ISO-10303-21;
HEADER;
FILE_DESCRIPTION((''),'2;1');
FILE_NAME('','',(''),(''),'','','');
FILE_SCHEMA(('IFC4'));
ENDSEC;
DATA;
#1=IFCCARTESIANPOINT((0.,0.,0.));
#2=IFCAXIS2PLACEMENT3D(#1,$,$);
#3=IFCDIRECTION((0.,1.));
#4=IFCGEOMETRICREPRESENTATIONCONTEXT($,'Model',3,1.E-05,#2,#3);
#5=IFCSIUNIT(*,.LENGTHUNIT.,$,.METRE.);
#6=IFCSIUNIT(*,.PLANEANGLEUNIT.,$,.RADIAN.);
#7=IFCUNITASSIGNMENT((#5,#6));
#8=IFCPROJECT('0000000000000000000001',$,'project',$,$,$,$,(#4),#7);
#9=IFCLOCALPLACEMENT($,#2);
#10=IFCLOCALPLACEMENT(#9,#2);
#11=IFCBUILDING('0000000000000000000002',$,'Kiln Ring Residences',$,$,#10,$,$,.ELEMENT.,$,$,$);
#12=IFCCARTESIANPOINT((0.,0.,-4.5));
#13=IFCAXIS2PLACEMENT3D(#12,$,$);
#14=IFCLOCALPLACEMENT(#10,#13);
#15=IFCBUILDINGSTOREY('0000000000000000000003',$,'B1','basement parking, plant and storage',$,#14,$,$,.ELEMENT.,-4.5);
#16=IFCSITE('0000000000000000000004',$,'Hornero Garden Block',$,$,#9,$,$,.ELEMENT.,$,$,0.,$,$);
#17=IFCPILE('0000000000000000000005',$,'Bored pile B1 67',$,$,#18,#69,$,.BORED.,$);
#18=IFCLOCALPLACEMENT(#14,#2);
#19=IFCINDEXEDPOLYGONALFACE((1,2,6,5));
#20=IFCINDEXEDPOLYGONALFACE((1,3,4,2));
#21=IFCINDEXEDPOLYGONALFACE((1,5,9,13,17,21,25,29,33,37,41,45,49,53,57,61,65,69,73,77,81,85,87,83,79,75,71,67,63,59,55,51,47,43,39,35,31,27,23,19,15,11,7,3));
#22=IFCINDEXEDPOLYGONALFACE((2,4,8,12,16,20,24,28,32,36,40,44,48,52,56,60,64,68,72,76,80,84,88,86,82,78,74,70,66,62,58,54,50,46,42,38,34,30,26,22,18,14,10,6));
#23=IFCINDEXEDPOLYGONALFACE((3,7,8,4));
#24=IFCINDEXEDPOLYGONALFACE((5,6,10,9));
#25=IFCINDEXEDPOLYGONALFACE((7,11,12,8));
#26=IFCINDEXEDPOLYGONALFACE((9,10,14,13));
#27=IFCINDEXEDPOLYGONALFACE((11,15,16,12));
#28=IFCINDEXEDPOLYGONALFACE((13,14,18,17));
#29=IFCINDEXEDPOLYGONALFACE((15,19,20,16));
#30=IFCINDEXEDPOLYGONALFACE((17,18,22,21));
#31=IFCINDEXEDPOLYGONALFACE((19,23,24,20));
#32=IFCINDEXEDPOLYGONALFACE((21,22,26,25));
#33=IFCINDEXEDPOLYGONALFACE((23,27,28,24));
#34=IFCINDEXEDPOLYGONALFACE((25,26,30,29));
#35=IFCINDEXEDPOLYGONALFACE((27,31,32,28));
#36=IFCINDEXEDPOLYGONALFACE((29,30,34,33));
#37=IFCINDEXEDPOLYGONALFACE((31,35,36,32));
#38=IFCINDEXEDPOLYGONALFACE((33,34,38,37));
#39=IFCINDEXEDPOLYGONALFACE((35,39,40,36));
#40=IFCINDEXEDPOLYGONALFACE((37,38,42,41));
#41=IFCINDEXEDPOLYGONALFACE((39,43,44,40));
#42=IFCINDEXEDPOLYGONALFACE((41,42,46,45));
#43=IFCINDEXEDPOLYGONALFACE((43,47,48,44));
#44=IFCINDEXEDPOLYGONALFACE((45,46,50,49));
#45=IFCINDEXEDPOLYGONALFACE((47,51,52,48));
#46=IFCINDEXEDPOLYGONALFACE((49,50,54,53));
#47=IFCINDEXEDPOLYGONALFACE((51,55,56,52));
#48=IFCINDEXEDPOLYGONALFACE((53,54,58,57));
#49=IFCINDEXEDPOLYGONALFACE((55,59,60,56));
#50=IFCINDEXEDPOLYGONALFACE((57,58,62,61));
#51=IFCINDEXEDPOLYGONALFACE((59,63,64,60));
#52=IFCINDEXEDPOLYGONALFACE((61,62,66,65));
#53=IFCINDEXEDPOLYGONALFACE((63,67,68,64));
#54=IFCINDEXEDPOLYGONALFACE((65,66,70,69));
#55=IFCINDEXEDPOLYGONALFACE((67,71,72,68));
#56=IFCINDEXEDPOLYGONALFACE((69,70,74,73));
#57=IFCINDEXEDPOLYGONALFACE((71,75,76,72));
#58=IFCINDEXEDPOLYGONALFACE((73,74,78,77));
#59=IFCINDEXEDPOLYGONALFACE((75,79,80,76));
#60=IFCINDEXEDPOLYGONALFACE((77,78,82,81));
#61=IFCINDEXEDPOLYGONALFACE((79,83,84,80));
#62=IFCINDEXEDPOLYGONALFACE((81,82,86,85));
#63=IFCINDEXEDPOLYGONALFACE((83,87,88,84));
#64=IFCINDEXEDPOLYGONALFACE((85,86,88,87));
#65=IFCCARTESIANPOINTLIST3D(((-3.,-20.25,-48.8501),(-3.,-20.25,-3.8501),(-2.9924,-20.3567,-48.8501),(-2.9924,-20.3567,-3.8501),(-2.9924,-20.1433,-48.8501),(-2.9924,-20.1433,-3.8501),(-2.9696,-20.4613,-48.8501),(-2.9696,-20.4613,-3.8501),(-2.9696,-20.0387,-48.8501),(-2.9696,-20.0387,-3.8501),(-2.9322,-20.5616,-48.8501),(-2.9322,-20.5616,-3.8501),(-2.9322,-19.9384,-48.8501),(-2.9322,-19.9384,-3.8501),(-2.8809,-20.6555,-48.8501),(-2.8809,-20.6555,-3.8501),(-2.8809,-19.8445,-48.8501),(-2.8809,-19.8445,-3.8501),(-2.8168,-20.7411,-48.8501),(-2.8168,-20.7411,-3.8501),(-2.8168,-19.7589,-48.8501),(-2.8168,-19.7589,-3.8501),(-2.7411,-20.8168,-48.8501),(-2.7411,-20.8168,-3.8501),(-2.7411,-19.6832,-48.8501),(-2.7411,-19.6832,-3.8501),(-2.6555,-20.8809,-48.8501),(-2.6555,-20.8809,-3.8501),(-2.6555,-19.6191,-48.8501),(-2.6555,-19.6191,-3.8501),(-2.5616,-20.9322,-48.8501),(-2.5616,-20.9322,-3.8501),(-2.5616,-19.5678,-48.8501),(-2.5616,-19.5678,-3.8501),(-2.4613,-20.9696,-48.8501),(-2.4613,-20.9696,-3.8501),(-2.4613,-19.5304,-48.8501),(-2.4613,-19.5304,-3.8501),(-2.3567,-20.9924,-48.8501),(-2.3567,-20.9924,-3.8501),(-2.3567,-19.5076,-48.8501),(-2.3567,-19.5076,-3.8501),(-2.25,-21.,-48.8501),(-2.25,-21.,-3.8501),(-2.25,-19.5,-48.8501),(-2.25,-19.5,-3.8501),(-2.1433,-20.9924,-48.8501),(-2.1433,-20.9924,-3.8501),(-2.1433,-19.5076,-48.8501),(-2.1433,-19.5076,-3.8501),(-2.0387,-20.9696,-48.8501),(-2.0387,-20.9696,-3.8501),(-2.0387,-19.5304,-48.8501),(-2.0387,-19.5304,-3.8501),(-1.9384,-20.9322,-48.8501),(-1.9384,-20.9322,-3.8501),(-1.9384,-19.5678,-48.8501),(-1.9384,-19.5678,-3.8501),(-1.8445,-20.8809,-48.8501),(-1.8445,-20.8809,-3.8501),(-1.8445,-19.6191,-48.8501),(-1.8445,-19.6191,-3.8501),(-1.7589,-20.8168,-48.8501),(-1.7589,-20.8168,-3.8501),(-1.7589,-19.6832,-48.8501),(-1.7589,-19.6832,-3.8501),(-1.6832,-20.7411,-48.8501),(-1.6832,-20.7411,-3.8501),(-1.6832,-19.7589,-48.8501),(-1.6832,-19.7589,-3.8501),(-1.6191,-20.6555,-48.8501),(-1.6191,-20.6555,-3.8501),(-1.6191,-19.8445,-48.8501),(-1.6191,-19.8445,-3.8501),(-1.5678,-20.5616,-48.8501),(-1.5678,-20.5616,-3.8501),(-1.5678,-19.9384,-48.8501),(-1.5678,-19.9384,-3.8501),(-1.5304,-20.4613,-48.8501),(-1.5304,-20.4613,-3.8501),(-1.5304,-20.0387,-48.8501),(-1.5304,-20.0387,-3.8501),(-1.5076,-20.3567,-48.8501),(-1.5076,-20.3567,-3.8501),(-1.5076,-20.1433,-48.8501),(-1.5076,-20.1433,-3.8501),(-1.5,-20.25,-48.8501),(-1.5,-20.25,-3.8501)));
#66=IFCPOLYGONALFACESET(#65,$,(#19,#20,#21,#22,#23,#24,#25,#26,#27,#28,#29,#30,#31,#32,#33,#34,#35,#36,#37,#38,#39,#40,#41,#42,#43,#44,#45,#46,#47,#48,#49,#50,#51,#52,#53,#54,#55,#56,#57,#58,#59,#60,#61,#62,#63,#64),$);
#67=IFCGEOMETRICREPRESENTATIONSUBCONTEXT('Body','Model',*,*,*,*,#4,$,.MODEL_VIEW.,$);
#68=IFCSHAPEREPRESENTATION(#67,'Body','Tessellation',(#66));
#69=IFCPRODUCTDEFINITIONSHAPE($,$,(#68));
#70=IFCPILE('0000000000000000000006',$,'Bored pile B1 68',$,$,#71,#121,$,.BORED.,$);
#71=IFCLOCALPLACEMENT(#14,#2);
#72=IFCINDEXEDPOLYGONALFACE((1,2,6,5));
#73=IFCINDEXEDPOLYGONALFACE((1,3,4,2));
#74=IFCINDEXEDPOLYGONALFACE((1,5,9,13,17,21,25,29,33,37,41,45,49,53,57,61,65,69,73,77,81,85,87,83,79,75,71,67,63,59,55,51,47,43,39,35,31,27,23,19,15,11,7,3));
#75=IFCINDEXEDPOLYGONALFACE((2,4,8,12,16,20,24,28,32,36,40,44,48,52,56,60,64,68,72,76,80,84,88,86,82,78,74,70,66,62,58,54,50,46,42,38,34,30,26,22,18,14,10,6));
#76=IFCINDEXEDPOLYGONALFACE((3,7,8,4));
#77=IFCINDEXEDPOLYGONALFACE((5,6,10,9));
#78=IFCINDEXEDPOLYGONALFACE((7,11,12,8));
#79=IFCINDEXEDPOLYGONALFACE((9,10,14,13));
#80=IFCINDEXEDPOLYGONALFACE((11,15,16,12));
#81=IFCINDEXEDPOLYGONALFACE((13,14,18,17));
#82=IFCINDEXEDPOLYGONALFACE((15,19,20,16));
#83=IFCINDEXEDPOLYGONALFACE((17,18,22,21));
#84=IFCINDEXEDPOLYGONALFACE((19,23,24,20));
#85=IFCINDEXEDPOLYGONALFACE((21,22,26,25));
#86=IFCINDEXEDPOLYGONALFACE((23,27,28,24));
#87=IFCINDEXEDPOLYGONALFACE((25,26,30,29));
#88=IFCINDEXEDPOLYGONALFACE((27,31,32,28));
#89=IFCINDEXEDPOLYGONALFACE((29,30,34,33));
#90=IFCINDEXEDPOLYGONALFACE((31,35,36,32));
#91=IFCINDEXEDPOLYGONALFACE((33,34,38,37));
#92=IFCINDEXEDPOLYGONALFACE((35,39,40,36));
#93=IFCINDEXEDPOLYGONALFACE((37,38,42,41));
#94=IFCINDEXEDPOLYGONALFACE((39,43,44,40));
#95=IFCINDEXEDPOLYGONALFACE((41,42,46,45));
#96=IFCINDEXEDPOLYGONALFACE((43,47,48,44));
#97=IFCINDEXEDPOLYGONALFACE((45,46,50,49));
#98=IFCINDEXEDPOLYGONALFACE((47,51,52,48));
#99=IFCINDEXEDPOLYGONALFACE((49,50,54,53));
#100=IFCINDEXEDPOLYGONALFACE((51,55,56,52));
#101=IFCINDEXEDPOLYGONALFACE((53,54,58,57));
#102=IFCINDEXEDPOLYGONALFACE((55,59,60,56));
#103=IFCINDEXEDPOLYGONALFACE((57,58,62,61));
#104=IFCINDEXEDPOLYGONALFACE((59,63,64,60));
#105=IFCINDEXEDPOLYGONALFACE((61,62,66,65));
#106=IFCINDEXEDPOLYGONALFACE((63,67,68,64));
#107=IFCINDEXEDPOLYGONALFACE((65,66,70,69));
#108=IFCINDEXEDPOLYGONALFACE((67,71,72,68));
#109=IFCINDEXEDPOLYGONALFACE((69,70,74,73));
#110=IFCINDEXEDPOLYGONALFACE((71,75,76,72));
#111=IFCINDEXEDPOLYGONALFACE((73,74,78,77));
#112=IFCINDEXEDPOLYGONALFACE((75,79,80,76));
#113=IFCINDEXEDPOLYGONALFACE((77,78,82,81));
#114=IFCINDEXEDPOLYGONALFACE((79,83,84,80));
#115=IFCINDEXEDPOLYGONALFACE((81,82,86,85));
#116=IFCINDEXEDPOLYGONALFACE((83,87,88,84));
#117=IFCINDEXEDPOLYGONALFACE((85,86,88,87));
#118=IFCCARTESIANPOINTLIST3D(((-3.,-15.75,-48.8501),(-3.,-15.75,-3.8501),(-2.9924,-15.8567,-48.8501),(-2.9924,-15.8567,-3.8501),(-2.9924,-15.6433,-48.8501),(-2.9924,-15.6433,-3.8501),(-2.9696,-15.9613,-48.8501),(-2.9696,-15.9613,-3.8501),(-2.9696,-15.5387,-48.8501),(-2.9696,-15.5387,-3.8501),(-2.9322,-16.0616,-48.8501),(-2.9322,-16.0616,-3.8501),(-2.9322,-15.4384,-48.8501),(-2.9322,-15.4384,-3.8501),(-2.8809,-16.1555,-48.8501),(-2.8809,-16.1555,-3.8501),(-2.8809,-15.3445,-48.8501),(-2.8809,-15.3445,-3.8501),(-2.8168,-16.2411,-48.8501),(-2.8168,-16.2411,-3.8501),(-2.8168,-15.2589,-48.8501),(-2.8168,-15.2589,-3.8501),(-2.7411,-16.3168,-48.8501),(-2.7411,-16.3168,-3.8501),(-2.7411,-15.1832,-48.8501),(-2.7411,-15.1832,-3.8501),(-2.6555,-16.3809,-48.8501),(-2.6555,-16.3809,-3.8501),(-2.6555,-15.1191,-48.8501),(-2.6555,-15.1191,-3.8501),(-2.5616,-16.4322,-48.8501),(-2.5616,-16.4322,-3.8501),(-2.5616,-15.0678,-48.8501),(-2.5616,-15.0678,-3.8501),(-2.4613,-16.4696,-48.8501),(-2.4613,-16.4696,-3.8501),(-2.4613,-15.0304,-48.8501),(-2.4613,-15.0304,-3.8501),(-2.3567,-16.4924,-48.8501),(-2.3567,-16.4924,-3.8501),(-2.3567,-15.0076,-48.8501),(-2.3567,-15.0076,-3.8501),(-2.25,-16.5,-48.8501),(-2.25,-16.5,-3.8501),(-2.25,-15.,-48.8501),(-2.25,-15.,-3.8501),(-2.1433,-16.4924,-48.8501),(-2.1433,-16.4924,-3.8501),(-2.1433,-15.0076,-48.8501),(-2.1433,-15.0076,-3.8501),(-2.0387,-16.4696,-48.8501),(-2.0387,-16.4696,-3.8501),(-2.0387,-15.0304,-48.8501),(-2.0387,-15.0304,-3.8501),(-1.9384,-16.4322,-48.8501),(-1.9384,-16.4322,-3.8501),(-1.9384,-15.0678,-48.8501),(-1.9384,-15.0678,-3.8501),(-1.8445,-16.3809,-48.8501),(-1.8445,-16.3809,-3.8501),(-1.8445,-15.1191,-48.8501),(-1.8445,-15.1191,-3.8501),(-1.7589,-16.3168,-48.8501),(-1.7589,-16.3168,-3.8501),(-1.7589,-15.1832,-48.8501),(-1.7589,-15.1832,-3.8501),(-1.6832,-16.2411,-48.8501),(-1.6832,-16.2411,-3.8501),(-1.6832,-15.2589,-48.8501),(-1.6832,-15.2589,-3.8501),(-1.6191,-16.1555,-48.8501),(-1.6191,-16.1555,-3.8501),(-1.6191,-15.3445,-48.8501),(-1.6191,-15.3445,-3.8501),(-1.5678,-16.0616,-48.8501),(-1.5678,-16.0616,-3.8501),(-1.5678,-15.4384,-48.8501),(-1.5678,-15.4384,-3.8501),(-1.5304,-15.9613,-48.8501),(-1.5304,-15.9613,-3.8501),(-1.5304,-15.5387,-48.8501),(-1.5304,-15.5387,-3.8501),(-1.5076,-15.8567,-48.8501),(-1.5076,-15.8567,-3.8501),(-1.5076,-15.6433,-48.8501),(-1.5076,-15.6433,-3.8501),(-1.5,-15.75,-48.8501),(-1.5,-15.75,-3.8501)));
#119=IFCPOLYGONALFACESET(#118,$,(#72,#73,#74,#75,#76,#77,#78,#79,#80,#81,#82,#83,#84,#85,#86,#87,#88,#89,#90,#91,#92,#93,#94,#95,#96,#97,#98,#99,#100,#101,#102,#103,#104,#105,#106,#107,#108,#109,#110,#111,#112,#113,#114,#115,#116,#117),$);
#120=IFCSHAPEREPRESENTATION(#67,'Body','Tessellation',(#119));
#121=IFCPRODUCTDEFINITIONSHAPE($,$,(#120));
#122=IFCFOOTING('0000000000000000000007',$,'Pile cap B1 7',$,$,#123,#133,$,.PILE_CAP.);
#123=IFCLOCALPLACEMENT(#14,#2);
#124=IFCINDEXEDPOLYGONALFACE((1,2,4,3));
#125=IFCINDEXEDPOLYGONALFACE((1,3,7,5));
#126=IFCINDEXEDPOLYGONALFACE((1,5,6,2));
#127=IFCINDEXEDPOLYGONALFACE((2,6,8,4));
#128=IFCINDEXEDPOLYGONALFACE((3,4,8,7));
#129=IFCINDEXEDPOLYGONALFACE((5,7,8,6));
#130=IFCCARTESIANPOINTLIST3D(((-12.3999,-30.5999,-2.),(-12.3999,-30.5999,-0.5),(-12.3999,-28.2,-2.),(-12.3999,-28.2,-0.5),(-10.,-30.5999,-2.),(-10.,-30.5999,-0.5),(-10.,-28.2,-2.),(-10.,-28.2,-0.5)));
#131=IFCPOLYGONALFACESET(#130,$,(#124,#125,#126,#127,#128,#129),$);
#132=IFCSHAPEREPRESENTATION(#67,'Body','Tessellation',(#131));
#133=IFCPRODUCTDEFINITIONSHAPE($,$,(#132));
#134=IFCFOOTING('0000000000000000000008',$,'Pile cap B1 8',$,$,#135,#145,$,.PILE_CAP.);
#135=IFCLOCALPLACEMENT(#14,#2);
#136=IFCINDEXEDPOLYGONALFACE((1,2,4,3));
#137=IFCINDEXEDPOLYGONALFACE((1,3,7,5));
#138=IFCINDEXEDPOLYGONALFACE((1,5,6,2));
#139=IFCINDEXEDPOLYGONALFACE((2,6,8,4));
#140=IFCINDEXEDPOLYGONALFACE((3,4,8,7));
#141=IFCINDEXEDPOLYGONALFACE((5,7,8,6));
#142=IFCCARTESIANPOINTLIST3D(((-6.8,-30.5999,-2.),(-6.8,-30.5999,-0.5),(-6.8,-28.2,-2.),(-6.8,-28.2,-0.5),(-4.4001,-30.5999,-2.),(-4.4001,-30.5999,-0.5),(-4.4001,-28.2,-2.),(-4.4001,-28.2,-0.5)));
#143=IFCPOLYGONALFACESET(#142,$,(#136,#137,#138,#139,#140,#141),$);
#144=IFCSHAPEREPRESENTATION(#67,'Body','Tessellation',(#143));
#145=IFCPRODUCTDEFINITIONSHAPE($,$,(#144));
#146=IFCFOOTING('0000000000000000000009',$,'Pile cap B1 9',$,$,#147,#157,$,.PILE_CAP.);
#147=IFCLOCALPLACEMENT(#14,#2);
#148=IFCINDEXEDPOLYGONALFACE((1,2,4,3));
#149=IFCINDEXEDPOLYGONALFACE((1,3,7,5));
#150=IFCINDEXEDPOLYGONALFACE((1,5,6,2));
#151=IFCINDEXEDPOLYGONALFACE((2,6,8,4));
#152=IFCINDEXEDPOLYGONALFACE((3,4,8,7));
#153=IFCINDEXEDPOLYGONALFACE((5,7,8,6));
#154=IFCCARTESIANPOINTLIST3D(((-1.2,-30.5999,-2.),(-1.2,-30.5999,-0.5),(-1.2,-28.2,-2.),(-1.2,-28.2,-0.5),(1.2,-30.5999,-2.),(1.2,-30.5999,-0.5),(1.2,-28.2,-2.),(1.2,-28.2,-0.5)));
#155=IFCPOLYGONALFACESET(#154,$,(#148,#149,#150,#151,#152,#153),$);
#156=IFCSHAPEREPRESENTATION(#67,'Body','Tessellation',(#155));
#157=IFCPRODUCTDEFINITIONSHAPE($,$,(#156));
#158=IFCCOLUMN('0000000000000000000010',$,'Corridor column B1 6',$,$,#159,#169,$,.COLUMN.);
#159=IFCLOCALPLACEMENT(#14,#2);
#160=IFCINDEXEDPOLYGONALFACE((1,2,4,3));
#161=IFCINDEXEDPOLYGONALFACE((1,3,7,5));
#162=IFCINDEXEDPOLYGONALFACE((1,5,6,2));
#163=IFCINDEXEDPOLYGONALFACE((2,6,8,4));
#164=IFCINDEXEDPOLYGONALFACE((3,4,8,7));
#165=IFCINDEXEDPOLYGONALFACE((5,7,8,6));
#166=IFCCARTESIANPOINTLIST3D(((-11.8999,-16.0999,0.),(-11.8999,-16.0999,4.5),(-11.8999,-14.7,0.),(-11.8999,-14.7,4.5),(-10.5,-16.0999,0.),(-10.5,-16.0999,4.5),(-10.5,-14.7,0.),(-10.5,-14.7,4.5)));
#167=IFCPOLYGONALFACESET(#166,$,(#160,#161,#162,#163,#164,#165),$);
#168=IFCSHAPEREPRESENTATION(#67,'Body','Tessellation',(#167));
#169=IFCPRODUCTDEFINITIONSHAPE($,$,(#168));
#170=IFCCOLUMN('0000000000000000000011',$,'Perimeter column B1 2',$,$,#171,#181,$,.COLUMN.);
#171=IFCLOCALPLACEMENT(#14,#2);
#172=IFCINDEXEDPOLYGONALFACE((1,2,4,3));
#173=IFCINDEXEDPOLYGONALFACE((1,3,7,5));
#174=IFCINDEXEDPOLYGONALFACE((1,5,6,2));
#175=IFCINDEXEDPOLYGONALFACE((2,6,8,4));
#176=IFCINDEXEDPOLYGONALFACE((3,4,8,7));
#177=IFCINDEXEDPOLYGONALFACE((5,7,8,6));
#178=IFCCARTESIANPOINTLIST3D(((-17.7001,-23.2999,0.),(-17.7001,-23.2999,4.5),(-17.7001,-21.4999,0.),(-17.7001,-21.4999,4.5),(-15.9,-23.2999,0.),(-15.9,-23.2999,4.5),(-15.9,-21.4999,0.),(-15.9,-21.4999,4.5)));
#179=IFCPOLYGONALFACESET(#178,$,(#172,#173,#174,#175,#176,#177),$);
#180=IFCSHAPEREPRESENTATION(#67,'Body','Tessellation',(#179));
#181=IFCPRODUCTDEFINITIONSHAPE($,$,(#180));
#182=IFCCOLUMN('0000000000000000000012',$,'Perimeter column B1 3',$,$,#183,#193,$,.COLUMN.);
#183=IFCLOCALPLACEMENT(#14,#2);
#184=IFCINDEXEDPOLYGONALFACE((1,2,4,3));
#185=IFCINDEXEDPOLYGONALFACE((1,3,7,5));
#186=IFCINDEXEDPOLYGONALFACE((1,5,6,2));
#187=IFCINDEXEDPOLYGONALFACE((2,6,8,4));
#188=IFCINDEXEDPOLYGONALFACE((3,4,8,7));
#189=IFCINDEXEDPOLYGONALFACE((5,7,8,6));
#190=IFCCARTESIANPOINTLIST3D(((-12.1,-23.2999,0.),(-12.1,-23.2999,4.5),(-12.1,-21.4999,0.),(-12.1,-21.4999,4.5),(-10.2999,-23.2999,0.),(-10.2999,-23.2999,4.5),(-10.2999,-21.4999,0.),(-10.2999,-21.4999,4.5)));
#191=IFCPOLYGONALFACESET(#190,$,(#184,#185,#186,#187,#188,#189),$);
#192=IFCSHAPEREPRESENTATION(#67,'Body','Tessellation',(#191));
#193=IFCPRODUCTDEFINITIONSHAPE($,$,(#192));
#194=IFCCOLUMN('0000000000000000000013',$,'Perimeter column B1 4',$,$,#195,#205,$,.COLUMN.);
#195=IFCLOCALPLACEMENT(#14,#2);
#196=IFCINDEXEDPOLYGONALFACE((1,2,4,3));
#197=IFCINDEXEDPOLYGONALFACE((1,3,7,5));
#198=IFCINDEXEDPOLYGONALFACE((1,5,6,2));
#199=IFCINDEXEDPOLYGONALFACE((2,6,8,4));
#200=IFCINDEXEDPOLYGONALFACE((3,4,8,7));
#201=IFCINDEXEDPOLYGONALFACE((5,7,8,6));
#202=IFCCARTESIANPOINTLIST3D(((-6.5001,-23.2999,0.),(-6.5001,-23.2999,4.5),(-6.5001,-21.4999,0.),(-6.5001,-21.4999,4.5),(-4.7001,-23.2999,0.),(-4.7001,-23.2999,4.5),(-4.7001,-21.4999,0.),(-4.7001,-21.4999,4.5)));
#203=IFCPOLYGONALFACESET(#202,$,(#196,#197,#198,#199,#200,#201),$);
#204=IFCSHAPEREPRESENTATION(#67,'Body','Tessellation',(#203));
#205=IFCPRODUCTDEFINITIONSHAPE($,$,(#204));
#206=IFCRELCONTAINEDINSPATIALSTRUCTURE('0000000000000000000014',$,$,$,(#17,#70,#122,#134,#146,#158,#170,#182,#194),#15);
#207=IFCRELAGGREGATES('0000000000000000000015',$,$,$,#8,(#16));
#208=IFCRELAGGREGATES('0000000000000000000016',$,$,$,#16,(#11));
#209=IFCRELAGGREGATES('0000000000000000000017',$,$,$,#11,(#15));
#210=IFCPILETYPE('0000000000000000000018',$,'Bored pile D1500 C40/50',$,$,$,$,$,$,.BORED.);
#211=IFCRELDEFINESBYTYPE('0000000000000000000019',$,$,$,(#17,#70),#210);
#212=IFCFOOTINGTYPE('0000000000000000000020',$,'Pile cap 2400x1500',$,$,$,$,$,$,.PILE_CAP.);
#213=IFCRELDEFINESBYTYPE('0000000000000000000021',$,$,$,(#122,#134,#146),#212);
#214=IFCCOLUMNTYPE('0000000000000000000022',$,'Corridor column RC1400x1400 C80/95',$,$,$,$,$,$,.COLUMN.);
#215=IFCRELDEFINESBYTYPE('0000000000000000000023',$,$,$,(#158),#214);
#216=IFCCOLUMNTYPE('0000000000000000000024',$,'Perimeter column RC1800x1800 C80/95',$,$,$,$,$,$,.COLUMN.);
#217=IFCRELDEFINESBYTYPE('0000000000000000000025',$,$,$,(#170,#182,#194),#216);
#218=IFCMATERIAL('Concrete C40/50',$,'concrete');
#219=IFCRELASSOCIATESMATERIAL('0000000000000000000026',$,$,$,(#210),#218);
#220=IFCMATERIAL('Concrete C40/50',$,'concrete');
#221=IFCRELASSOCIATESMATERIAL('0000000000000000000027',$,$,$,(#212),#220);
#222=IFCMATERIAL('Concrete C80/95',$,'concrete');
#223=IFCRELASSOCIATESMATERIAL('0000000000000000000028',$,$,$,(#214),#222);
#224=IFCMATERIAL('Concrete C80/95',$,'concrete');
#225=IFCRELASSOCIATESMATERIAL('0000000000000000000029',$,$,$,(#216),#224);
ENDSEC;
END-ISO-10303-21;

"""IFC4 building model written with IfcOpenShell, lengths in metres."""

from ifc_helpers import new_model, si_unit, direction, frame, origin, origin_2d, place, context, subcontext, project, spatial, rectangle, circle, extrude, material, material_profile, profile_set, type_object, element, save


model = new_model("IFC4")

# Units and contexts
model_context = context("Model", 3, precision=1e-05, world=origin(), true_north=direction((0.0, 1.0)))
body_context = subcontext(model_context, "Body", "Model", "MODEL_VIEW")
ifc_project = project(units=[si_unit("LENGTHUNIT", "METRE"), si_unit("PLANEANGLEUNIT", "RADIAN")], contexts=[model_context])

# Site, building, storey
site_placement = place(None, origin())
site = spatial("IfcSite", under=ifc_project, at=site_placement, Name="Hornero Garden Block", CompositionType="ELEMENT", RefElevation=0.0)
building_placement = place(site_placement, origin())
building = spatial("IfcBuilding", under=site, at=building_placement, Name="Kiln Ring Residences", CompositionType="ELEMENT")
storey_placement = place(building_placement, frame((0.0, 0.0, -4.5)))
storey = spatial("IfcBuildingStorey", under=building, at=storey_placement, Name="B1", Description="basement parking, plant and storage", CompositionType="ELEMENT", Elevation=-4.5)

# Piles
ifc_material_1 = material(Name="Concrete C40/50", Category="concrete")
ifc_material_profile_1 = material_profile(ifc_material_1, circle(Radius=0.75, at=origin_2d()), Name="BORED1500")
ifc_profile_set_1 = profile_set([ifc_material_profile_1], Name="Concrete C40/50")
pile_type_1 = type_object("IfcPileType", Name="Bored pile D1500 C40/50", PredefinedType="BORED", material=ifc_profile_set_1)
for number, where, z_axis, x_axis, name in (
    (1, (-2.25, -20.25, -3.8501), (0.0, 0.0, -1.0), (1.0, 0.0, 0.0), "Bored pile B1 67"),
    (2, (-2.25, -15.75, -3.8501), (0.0, 0.0, -1.0), (1.0, 0.0, 0.0), "Bored pile B1 68"),
):
    element("IfcPile", number, at=place(storey_placement, frame(where, z_axis=z_axis, x_axis=x_axis)), inside=storey, type_object=pile_type_1, Name=name, PredefinedType="BORED", context=body_context, shape_type="SweptSolid", body=[
        extrude(circle(Radius=0.75, at=origin_2d()), origin(), (0.0, 0.0, 1.0), 45.0),
    ])

# Footings
ifc_material_2 = material(Name="Concrete C40/50", Category="concrete")
footing_type = type_object("IfcFootingType", Name="Pile cap 2400x1500", PredefinedType="PILE_CAP", material=ifc_material_2)
for number, where, z_axis, x_axis, name in (
    (3, (-11.2, -29.3999, -2.0), (0.0, 0.0, 1.0), (1.0, 0.0, 0.0), "Pile cap B1 7"),
    (4, (-5.6001, -29.3999, -2.0), (0.0, 0.0, 1.0), (1.0, 0.0, 0.0), "Pile cap B1 8"),
    (5, (0.0, -29.3999, -2.0), (0.0, 0.0, 1.0), (1.0, 0.0, 0.0), "Pile cap B1 9"),
):
    element("IfcFooting", number, at=place(storey_placement, frame(where, z_axis=z_axis, x_axis=x_axis)), inside=storey, type_object=footing_type, Name=name, PredefinedType="PILE_CAP", context=body_context, shape_type="SweptSolid", body=[
        extrude(rectangle(XDim=2.3999, YDim=2.3999, at=origin_2d()), origin(), (0.0, 0.0, 1.0), 1.5),
    ])

# Columns
ifc_material_3 = material(Name="Concrete C80/95", Category="concrete")
ifc_material_profile_2 = material_profile(ifc_material_3, rectangle(XDim=1.3999, YDim=1.3999, at=origin_2d()), Name="RC1400x1400")
ifc_profile_set_2 = profile_set([ifc_material_profile_2], Name="Concrete C80/95")
column_type_1 = type_object("IfcColumnType", Name="Corridor column RC1400x1400 C80/95", PredefinedType="COLUMN", material=ifc_profile_set_2)
column_1_placement = place(storey_placement, frame((-11.2, -15.3999, 0.0), z_axis=(0.0, 0.0, 1.0), x_axis=(1.0, 0.0, 0.0)))
element("IfcColumn", 6, at=column_1_placement, inside=storey, type_object=column_type_1, Name="Corridor column B1 6", PredefinedType="COLUMN", context=body_context, shape_type="SweptSolid", body=[
    extrude(rectangle(XDim=1.3999, YDim=1.3999, at=origin_2d()), origin(), (0.0, 0.0, 1.0), 4.5),
])
ifc_material_4 = material(Name="Concrete C80/95", Category="concrete")
ifc_material_profile_3 = material_profile(ifc_material_4, rectangle(XDim=1.8, YDim=1.8, at=origin_2d()), Name="RC1800x1800")
ifc_profile_set_3 = profile_set([ifc_material_profile_3], Name="Concrete C80/95")
column_type_2 = type_object("IfcColumnType", Name="Perimeter column RC1800x1800 C80/95", PredefinedType="COLUMN", material=ifc_profile_set_3)
for number, where, z_axis, x_axis, name in (
    (7, (-16.8, -22.3999, 0.0), (0.0, 0.0, 1.0), (1.0, 0.0, 0.0), "Perimeter column B1 2"),
    (8, (-11.2, -22.3999, 0.0), (0.0, 0.0, 1.0), (1.0, 0.0, 0.0), "Perimeter column B1 3"),
    (9, (-5.6001, -22.3999, 0.0), (0.0, 0.0, 1.0), (1.0, 0.0, 0.0), "Perimeter column B1 4"),
):
    element("IfcColumn", number, at=place(storey_placement, frame(where, z_axis=z_axis, x_axis=x_axis)), inside=storey, type_object=column_type_2, Name=name, PredefinedType="COLUMN", context=body_context, shape_type="SweptSolid", body=[
        extrude(rectangle(XDim=1.8, YDim=1.8, at=origin_2d()), origin(), (0.0, 0.0, 1.0), 4.5),
    ])

save(model, "model.ifc")
